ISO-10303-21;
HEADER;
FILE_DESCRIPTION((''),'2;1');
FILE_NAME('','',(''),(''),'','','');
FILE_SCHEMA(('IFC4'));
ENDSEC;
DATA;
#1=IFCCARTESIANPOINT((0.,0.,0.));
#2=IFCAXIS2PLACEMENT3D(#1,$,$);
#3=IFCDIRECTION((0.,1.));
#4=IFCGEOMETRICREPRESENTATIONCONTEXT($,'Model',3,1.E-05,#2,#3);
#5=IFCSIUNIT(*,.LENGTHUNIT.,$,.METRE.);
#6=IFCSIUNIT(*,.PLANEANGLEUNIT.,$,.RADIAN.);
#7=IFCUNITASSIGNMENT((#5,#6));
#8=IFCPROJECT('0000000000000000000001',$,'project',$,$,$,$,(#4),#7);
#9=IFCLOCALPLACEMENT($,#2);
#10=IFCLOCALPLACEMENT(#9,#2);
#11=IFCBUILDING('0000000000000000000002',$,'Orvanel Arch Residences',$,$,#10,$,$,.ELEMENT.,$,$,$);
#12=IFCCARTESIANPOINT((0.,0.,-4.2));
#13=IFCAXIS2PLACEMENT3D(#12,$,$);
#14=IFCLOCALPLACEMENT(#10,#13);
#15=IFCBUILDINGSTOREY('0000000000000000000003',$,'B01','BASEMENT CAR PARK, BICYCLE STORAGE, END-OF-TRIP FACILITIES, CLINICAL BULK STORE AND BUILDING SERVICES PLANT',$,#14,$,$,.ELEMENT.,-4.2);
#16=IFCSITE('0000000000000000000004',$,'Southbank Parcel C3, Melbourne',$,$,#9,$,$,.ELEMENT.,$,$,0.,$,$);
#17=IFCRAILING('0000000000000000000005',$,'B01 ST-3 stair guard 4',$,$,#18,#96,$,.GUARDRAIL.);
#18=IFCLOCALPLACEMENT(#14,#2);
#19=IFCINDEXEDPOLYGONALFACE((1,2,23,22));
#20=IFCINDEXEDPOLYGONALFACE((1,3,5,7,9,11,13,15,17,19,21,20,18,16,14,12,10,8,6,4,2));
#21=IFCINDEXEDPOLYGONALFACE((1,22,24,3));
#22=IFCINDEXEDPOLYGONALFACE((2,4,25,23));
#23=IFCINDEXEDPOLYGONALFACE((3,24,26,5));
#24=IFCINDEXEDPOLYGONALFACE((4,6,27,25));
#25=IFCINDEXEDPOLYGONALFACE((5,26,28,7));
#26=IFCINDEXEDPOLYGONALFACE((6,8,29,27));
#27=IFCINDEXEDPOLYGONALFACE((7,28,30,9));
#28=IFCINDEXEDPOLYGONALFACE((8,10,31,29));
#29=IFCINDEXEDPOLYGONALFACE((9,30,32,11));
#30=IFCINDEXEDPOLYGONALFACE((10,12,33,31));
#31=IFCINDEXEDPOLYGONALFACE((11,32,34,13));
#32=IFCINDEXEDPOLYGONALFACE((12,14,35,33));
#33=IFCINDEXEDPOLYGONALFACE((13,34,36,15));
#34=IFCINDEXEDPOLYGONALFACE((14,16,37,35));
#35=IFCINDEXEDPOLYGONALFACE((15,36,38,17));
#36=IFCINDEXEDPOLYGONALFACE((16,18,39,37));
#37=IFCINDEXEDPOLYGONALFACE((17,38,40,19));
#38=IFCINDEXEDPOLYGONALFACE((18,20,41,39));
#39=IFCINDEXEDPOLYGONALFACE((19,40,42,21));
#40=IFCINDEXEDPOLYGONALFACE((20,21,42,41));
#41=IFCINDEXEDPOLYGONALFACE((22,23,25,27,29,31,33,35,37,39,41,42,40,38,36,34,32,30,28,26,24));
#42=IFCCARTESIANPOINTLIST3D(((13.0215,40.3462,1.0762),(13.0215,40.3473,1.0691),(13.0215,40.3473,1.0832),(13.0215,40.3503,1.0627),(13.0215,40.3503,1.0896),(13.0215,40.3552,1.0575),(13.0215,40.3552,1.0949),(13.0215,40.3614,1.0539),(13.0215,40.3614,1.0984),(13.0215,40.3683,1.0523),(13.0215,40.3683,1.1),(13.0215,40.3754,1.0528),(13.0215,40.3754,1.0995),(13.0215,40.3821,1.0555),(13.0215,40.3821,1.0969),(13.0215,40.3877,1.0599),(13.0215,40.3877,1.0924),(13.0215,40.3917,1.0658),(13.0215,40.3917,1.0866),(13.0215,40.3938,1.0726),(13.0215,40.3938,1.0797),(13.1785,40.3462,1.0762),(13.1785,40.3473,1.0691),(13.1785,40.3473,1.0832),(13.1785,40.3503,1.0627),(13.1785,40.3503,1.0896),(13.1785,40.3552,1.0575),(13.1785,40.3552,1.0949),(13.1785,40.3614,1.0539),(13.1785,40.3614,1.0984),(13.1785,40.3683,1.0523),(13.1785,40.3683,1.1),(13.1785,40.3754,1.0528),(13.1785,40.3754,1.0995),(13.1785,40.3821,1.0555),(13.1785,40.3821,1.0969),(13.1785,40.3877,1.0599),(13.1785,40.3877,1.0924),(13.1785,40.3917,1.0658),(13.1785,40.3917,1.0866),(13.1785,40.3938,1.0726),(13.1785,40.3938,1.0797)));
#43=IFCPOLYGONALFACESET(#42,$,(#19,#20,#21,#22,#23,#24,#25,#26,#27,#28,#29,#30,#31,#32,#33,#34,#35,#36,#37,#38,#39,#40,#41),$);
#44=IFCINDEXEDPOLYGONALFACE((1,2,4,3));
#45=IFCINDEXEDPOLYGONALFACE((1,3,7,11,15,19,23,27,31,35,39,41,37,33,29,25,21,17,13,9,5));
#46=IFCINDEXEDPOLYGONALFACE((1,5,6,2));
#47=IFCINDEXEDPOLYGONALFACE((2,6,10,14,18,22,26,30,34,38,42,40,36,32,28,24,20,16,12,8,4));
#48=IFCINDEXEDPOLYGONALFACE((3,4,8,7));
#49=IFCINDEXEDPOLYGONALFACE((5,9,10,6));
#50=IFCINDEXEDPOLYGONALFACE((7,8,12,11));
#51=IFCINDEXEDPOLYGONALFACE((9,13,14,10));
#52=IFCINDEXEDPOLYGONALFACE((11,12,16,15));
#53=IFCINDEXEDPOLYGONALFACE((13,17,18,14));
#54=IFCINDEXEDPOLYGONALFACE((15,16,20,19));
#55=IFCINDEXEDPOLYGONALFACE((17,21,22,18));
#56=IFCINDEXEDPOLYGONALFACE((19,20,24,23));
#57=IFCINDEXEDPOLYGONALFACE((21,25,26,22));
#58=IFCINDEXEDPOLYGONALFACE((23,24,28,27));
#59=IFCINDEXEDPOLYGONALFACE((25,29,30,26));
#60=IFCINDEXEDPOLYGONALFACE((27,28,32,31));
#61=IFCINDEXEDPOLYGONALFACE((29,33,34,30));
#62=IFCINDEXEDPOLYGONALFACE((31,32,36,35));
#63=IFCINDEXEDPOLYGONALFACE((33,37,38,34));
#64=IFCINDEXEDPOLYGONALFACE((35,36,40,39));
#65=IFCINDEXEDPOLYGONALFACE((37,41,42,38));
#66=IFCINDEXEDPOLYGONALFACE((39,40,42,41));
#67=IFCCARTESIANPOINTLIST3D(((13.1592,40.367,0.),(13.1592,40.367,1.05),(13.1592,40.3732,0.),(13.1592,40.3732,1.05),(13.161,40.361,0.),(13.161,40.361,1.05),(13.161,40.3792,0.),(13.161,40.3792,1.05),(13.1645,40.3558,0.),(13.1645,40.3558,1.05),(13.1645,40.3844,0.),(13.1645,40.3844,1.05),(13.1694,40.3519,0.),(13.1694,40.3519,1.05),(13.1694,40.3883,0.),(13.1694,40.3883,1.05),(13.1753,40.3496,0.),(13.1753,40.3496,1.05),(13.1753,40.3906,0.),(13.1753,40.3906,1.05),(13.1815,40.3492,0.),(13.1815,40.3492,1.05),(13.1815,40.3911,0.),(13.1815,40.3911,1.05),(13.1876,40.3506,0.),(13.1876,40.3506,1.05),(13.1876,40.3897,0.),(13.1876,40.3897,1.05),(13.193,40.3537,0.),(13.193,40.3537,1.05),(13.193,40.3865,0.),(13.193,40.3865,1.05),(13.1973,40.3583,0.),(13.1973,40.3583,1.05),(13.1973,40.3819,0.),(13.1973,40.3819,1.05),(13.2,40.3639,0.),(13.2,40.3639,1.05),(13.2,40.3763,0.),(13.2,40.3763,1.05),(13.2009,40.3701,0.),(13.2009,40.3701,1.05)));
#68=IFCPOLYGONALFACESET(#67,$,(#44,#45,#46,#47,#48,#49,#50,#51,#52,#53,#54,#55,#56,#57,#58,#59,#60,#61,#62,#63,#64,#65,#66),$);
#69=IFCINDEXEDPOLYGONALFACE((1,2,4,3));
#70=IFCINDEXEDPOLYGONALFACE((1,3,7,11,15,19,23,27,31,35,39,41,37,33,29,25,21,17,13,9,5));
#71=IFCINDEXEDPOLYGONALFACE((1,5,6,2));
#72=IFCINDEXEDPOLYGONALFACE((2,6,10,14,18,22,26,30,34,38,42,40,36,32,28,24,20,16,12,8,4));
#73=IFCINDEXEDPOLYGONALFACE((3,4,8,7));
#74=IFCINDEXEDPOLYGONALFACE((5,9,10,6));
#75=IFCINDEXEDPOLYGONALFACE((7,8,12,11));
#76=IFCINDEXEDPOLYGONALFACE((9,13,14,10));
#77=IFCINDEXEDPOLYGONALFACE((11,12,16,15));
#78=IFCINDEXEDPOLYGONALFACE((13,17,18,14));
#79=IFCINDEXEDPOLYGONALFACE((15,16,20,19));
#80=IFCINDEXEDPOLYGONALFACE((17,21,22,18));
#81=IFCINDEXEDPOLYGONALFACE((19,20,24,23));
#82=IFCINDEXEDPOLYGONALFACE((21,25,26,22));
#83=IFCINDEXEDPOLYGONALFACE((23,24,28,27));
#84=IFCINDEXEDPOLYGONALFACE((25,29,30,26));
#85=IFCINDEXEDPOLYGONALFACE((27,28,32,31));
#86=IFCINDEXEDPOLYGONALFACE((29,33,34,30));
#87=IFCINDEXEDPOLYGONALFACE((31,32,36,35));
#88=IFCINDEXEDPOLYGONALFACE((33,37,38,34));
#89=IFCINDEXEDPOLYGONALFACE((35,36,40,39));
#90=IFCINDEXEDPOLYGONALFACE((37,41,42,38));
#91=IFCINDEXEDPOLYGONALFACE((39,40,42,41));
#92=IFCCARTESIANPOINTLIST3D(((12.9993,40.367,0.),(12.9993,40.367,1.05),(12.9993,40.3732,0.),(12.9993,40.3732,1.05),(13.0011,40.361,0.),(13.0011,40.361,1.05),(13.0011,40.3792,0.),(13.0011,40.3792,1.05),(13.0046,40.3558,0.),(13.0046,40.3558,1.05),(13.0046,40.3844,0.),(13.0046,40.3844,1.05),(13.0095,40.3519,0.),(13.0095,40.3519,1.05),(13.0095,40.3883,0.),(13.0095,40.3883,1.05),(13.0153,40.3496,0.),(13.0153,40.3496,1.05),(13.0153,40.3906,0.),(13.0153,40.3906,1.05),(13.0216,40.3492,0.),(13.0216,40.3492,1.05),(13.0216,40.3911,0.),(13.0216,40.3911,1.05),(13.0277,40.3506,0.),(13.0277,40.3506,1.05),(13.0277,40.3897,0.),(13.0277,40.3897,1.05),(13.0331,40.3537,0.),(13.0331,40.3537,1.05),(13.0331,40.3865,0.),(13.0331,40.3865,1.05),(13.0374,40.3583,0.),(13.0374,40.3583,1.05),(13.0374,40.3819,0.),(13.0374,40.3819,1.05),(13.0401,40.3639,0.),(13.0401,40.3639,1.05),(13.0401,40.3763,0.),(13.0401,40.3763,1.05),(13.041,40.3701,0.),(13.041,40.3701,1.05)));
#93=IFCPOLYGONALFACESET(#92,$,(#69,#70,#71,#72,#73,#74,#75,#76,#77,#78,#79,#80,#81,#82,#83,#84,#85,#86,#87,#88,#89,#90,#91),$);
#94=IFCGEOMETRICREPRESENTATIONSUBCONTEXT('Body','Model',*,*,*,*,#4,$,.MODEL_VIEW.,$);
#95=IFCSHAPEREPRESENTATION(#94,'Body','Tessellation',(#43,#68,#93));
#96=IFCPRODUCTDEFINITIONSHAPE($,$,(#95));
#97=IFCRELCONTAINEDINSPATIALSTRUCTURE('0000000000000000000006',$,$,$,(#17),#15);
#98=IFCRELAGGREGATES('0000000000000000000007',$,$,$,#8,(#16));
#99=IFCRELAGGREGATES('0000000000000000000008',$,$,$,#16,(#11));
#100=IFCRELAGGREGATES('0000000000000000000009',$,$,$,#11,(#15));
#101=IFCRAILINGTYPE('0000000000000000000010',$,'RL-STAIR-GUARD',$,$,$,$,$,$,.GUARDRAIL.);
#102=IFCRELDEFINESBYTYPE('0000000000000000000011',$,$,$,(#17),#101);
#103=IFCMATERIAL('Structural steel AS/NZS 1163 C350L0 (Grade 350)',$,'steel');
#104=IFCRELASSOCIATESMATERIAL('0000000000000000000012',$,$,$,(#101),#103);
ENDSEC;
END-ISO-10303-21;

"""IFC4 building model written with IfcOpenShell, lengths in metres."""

from ifc_helpers import new_model, si_unit, direction, frame, origin, origin_2d, place, context, subcontext, project, spatial, circle, extrude, material, type_object, element, save


model = new_model("IFC4")

# Units and contexts
model_context = context("Model", 3, precision=1e-05, world=origin(), true_north=direction((0.0, 1.0)))
body_context = subcontext(model_context, "Body", "Model", "MODEL_VIEW")
ifc_project = project(units=[si_unit("LENGTHUNIT", "METRE"), si_unit("PLANEANGLEUNIT", "RADIAN")], contexts=[model_context])

# Site, building, storey
site_placement = place(None, origin())
site = spatial("IfcSite", under=ifc_project, at=site_placement, Name="Southbank Parcel C3, Melbourne", CompositionType="ELEMENT", RefElevation=0.0)
building_placement = place(site_placement, origin())
building = spatial("IfcBuilding", under=site, at=building_placement, Name="Orvanel Arch Residences", CompositionType="ELEMENT")
storey_placement = place(building_placement, frame((0.0, 0.0, -4.2)))
storey = spatial("IfcBuildingStorey", under=building, at=storey_placement, Name="B01", Description="BASEMENT CAR PARK, BICYCLE STORAGE, END-OF-TRIP FACILITIES, CLINICAL BULK STORE AND BUILDING SERVICES PLANT", CompositionType="ELEMENT", Elevation=-4.2)

# Railing
ifc_material_1 = material(Name="Structural steel AS/NZS 1163 C350L0 (Grade 350)", Category="steel")
railing_type_1 = type_object("IfcRailingType", Name="RL-STAIR-GUARD", PredefinedType="GUARDRAIL", material=ifc_material_1)
railing_1_placement = place(storey_placement, frame((13.1799, 40.3701, 0.0)))
element("IfcRailing", 1, at=railing_1_placement, inside=storey, type_object=railing_type_1, Name="B01 ST-3 stair guard 4", PredefinedType="GUARDRAIL", context=body_context, shape_type="SweptSolid", body=[
    extrude(circle(Radius=0.0239, at=origin_2d()), frame((-0.0015, 0.0, 1.0762), z_axis=(-1.0, 0.0, 0.0), x_axis=(0.0, -1.0, 0.0)), (0.0, 0.0, 1.0), 0.157),
    extrude(circle(Radius=0.021, at=origin_2d()), origin(), (0.0, 0.0, 1.0), 1.05),
    extrude(circle(Radius=0.021, at=origin_2d()), frame((-0.1599, 0.0, 0.0)), (0.0, 0.0, 1.0), 1.05),
])

save(model, "model.ifc")
